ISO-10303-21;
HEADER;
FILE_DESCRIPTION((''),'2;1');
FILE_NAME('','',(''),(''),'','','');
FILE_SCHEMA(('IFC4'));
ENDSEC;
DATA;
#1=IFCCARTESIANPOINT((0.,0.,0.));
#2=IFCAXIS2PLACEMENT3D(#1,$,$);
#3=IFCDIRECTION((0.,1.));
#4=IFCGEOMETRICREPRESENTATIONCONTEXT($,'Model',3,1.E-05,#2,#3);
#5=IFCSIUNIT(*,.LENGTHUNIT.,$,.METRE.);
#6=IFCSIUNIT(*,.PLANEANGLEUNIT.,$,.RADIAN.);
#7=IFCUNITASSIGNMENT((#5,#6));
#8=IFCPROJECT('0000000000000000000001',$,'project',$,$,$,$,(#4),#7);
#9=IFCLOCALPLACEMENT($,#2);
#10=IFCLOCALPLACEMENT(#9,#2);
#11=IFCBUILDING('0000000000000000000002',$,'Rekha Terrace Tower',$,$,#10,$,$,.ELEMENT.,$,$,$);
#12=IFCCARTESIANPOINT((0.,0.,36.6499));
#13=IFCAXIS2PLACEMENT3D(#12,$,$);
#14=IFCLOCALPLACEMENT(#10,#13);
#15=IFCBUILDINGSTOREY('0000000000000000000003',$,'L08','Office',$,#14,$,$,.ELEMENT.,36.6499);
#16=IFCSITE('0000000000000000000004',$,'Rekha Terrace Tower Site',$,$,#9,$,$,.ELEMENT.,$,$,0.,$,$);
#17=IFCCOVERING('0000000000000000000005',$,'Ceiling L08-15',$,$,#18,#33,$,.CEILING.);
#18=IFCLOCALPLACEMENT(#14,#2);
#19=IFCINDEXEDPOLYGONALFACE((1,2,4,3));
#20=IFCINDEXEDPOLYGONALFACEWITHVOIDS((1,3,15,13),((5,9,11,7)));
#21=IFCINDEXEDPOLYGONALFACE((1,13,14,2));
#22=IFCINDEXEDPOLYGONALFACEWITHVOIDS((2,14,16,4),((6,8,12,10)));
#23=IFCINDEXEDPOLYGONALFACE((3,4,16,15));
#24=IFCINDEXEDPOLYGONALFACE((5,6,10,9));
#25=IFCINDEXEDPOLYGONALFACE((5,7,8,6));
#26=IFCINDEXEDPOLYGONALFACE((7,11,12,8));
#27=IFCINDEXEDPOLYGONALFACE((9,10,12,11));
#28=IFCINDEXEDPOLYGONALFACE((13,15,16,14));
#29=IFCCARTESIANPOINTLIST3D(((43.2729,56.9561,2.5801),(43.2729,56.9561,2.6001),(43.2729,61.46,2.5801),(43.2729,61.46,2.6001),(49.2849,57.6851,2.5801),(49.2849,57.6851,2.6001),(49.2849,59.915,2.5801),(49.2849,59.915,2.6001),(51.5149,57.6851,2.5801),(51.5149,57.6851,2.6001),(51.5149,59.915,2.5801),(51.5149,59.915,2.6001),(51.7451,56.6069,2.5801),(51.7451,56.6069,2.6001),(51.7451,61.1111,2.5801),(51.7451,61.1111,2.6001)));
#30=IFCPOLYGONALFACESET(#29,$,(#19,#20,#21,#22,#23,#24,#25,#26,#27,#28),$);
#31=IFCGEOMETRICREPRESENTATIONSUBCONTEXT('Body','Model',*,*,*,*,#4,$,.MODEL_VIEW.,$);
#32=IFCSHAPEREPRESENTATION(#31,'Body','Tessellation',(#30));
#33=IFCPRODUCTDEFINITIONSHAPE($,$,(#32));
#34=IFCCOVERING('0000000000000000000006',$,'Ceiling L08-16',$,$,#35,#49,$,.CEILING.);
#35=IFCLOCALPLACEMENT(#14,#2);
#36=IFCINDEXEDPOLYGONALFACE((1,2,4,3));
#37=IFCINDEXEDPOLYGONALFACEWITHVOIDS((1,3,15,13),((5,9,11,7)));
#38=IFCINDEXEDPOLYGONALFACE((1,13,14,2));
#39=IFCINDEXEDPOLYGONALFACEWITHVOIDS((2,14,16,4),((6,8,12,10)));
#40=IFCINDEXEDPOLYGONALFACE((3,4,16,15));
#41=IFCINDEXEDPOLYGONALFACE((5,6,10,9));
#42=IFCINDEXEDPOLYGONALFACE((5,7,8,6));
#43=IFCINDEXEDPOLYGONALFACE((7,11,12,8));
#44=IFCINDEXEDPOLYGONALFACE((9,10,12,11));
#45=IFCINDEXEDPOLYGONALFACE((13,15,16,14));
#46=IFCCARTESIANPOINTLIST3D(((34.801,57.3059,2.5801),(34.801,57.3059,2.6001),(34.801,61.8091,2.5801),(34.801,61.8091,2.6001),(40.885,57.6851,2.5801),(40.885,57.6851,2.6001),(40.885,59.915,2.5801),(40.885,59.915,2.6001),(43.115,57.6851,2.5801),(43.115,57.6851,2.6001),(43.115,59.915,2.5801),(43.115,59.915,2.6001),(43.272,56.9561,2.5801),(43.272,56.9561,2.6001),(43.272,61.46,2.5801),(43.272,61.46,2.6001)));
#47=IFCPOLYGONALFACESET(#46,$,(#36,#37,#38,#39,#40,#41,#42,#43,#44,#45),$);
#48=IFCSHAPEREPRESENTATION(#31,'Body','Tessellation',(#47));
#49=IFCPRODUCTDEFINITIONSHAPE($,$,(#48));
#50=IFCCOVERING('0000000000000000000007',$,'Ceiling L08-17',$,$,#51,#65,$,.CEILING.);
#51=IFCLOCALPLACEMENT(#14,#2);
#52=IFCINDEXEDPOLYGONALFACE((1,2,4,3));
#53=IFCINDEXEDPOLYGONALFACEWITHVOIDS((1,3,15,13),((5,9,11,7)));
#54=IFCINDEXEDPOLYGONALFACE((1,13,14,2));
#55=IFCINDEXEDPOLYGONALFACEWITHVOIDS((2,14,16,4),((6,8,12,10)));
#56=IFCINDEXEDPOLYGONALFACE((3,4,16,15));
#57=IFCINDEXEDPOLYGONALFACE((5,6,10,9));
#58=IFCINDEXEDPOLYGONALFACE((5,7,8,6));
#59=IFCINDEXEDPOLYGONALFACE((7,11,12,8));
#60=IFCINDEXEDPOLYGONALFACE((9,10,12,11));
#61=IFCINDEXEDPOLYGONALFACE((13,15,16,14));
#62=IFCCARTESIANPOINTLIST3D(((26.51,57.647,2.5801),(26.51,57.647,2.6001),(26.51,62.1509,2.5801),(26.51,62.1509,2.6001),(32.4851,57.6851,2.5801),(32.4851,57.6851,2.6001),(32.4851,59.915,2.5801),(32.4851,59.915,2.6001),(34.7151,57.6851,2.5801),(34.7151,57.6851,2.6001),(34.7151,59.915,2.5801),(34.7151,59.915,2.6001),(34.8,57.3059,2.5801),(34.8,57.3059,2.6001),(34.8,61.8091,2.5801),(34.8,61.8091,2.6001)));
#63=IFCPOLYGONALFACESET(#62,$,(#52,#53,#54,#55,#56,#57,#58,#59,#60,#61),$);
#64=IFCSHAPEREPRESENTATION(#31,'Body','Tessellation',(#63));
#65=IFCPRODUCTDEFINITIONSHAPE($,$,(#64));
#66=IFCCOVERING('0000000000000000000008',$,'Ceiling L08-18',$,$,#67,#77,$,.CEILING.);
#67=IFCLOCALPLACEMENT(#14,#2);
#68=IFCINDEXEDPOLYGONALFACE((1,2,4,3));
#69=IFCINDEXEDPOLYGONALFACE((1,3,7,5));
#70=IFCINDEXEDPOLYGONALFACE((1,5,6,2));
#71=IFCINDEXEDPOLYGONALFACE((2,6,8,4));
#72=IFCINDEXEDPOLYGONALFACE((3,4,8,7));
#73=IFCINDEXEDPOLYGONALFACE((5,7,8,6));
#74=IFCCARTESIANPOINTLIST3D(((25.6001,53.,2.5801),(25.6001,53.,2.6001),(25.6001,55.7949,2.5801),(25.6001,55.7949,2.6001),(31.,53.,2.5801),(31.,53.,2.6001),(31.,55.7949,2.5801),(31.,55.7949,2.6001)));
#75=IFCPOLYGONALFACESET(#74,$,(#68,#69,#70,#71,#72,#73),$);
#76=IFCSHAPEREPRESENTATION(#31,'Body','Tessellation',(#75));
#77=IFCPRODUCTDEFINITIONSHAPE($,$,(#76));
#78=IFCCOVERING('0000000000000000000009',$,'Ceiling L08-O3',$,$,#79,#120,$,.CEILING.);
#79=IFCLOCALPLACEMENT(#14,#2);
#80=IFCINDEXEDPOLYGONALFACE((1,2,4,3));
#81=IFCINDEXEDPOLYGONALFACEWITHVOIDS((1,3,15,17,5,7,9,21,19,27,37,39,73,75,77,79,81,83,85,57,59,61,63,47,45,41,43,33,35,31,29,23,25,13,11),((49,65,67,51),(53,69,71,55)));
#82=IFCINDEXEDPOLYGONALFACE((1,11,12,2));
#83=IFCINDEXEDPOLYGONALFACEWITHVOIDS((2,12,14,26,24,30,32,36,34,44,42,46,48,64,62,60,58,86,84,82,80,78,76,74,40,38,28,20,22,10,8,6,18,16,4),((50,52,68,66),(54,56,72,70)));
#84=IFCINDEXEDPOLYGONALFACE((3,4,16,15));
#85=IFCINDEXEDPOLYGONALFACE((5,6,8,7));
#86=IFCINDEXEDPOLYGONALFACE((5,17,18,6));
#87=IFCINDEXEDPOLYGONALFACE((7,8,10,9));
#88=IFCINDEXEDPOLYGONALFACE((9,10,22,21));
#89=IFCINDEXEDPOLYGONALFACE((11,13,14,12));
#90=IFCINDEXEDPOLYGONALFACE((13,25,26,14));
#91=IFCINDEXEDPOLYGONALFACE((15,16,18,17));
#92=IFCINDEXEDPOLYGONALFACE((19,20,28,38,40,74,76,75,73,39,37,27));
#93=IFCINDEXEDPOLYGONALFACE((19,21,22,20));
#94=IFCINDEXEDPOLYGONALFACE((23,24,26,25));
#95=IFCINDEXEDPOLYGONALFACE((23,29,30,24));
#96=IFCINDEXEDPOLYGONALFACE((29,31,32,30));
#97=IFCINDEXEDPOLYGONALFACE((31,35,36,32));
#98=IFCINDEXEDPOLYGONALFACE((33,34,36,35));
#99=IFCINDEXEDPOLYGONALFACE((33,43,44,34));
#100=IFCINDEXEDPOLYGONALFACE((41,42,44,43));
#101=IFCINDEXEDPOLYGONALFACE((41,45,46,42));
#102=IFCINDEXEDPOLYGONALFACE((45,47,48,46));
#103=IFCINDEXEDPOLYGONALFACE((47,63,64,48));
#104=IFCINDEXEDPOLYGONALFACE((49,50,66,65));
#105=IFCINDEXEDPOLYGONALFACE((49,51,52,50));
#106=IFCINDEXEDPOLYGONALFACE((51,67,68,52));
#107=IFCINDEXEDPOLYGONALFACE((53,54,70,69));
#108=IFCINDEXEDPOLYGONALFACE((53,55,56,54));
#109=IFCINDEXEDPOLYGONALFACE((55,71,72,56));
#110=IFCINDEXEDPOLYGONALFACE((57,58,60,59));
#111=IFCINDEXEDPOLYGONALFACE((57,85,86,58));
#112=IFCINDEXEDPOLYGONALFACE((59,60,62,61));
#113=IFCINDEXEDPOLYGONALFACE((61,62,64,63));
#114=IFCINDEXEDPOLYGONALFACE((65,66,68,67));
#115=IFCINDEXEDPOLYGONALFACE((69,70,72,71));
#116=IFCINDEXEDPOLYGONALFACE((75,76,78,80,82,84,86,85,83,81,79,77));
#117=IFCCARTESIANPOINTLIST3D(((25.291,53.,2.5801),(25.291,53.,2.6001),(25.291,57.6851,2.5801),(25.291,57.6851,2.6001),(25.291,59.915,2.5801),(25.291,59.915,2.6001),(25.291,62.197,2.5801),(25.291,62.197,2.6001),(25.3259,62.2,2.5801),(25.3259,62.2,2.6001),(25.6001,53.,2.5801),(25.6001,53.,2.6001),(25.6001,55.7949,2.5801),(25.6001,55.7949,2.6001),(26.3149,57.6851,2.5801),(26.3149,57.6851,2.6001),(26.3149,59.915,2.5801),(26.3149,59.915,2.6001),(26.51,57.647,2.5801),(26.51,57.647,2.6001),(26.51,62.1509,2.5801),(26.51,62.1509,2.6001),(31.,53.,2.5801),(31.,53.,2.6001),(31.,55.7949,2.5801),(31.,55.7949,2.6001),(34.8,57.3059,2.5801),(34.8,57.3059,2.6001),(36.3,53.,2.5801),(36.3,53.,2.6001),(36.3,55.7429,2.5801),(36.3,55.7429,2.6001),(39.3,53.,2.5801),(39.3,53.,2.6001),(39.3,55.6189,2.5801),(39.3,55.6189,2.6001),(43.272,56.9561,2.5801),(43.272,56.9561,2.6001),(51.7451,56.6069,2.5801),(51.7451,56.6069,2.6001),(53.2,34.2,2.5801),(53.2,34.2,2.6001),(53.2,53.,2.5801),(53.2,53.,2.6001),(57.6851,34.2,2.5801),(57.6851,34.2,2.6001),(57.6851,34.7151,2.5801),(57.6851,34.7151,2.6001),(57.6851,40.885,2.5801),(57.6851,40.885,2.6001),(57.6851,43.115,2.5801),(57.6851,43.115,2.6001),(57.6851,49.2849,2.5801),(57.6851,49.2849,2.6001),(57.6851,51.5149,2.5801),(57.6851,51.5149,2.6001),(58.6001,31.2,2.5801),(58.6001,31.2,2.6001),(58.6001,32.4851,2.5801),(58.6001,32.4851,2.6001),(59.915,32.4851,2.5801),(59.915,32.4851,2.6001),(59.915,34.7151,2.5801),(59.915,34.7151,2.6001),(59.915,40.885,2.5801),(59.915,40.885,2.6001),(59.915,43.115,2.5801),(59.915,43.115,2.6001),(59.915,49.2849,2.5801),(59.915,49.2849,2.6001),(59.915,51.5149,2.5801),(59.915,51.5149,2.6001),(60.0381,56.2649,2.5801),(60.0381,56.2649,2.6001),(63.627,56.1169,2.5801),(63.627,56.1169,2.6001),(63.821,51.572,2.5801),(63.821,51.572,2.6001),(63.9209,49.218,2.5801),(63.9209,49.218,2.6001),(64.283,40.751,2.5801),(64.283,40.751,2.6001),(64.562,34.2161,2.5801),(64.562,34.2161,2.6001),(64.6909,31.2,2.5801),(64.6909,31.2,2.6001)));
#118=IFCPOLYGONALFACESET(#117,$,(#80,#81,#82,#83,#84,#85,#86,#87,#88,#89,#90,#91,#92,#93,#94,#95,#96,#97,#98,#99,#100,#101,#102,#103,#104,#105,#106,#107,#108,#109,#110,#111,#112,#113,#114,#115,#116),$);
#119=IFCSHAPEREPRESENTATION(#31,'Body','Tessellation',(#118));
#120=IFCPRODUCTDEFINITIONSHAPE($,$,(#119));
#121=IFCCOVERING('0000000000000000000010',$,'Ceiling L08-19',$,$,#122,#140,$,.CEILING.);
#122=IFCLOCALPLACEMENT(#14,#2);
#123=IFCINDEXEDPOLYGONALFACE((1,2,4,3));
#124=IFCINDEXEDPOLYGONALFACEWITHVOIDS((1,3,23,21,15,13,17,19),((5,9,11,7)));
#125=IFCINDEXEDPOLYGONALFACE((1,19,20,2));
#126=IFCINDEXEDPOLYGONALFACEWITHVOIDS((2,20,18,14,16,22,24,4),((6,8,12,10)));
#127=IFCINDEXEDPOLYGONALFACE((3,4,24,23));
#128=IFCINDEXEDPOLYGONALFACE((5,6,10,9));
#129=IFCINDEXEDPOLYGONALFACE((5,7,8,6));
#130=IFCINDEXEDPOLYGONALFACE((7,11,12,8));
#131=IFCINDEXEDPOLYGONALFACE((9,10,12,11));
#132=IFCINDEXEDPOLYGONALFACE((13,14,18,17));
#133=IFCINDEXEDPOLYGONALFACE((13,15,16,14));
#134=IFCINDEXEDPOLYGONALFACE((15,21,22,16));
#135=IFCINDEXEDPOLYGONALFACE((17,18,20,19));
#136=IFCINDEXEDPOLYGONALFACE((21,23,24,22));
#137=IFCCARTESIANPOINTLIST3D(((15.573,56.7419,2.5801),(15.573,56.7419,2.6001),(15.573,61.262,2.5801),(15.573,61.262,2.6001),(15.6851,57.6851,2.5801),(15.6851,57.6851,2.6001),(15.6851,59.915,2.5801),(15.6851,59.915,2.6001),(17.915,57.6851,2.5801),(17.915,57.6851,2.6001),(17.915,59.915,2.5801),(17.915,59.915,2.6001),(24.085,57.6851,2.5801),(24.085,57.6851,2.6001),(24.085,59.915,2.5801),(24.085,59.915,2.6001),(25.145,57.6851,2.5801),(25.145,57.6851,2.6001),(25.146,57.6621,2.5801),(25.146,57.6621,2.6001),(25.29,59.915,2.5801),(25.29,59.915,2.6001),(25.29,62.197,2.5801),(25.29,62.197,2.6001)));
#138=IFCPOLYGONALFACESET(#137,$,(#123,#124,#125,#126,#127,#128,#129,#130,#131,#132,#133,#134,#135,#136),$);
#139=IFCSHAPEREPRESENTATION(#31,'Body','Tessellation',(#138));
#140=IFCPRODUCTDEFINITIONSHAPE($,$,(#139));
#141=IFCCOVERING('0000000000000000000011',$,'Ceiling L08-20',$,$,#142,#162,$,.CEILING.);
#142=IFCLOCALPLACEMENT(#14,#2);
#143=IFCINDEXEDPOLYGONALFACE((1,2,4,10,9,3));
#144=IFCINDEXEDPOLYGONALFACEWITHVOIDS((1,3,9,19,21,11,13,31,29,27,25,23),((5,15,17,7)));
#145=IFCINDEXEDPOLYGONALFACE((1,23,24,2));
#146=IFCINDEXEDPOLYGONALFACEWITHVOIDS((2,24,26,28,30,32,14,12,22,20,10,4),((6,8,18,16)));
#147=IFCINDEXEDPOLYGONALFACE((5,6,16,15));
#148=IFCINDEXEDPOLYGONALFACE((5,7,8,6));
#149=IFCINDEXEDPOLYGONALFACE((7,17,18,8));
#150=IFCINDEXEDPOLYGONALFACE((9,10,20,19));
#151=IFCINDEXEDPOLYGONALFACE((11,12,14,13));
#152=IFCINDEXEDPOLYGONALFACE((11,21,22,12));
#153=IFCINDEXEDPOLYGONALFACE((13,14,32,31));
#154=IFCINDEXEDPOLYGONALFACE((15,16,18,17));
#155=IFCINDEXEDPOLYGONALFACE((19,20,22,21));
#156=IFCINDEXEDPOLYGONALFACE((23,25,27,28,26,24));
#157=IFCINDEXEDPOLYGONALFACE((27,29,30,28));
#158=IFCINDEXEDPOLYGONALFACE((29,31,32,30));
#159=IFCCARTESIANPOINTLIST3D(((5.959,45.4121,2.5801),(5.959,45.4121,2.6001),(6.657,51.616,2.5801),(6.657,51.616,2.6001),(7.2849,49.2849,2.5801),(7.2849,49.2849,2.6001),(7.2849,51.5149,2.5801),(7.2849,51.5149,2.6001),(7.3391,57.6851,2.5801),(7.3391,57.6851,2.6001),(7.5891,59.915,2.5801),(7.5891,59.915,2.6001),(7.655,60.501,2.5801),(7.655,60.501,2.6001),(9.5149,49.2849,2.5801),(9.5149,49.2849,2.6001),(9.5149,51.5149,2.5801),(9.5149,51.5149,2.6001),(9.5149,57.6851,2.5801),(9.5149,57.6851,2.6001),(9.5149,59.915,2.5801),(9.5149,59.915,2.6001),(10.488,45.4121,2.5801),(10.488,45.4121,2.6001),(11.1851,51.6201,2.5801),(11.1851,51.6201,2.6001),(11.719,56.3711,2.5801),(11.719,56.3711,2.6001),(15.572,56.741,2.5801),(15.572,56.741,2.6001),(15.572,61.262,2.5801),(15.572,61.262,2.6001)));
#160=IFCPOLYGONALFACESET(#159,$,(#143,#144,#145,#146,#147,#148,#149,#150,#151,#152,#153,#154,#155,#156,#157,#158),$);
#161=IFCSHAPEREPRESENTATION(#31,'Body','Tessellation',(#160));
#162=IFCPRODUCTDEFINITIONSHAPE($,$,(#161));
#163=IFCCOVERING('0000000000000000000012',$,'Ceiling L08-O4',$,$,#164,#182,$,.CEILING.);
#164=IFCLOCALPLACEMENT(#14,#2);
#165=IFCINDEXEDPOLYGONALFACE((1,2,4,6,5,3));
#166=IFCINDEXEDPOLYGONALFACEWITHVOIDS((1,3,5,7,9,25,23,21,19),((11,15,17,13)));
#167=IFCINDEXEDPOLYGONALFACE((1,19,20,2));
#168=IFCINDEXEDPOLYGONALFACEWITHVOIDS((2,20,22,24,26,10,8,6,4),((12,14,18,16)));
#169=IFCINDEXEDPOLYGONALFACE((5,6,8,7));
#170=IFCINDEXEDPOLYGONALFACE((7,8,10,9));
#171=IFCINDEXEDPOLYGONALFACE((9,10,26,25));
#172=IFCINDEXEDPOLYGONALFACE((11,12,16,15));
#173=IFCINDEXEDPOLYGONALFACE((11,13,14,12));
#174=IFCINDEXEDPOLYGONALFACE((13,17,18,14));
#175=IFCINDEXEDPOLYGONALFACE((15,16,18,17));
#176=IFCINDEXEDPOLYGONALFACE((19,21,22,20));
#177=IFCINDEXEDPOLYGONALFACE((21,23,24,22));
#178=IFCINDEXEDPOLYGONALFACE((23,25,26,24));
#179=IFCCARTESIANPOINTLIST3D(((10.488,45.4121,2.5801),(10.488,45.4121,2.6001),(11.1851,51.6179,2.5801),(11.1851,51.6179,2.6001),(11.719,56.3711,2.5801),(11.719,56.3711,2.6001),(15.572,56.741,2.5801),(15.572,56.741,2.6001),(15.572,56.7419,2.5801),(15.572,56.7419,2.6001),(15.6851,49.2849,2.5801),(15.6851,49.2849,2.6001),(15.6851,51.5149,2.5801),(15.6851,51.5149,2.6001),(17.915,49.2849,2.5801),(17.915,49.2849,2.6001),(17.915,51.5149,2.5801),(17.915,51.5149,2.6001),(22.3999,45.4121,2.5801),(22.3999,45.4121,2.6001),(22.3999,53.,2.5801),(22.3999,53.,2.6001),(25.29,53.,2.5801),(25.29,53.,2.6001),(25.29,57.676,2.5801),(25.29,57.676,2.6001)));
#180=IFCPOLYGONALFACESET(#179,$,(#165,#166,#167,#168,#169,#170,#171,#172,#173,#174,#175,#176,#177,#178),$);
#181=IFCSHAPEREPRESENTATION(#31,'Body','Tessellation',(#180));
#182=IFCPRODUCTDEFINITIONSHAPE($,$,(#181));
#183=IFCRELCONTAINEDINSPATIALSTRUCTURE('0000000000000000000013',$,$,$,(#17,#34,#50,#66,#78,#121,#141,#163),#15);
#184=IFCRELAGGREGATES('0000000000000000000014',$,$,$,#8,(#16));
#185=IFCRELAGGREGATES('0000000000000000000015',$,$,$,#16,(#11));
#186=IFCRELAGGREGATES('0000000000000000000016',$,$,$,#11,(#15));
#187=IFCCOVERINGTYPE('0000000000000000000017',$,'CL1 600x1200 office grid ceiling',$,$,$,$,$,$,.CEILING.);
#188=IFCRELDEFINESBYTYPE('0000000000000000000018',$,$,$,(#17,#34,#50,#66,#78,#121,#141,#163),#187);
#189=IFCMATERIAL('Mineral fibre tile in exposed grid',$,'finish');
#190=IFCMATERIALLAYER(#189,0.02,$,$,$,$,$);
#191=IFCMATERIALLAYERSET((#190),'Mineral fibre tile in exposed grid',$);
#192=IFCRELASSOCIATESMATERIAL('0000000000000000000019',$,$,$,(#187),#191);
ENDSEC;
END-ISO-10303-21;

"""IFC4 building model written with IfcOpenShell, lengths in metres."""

from ifc_helpers import new_model, si_unit, direction, frame, origin, place, context, subcontext, project, spatial, polyline, outline, extrude, material, layer, layer_set, type_object, element, save


model = new_model("IFC4")

# Units and contexts
model_context = context("Model", 3, precision=1e-05, world=origin(), true_north=direction((0.0, 1.0)))
body_context = subcontext(model_context, "Body", "Model", "MODEL_VIEW")
ifc_project = project(units=[si_unit("LENGTHUNIT", "METRE"), si_unit("PLANEANGLEUNIT", "RADIAN")], contexts=[model_context])

# Site, building, storey
site_placement = place(None, origin())
site = spatial("IfcSite", under=ifc_project, at=site_placement, Name="Rekha Terrace Tower Site", CompositionType="ELEMENT", RefElevation=0.0)
building_placement = place(site_placement, origin())
building = spatial("IfcBuilding", under=site, at=building_placement, Name="Rekha Terrace Tower", CompositionType="ELEMENT")
storey_placement = place(building_placement, frame((0.0, 0.0, 36.6499)))
storey = spatial("IfcBuildingStorey", under=building, at=storey_placement, Name="L08", Description="Office", CompositionType="ELEMENT", Elevation=36.6499)

# Coverings
ifc_material_1 = material(Name="Mineral fibre tile in exposed grid", Category="finish")
ifc_layer_1 = layer(ifc_material_1, 0.02)
ifc_layer_set_1 = layer_set([ifc_layer_1], Name="Mineral fibre tile in exposed grid")
covering_type_1 = type_object("IfcCoveringType", Name="CL1 600x1200 office grid ceiling", PredefinedType="CEILING", material=ifc_layer_set_1)
covering_1_placement = place(storey_placement, frame((0.0, 0.0, 2.5801)))
element("IfcCovering", 1, at=covering_1_placement, inside=storey, type_object=covering_type_1, Name="Ceiling L08-15", PredefinedType="CEILING", context=body_context, shape_type="SweptSolid", body=[
    extrude(outline(polyline([(51.7451, 56.6069), (51.7451, 61.1111), (43.2729, 61.46), (43.2729, 56.9561), (51.7451, 56.6069)]), holes=[polyline([(51.5149, 57.6851), (49.2849, 57.6851), (49.2849, 59.915), (51.5149, 59.915), (51.5149, 57.6851)])]), origin(), (0.0, 0.0, 1.0), 0.02),
])
covering_2_placement = place(storey_placement, frame((0.0, 0.0, 2.5801)))
element("IfcCovering", 2, at=covering_2_placement, inside=storey, type_object=covering_type_1, Name="Ceiling L08-16", PredefinedType="CEILING", context=body_context, shape_type="SweptSolid", body=[
    extrude(outline(polyline([(43.272, 56.9561), (43.272, 61.46), (34.801, 61.8091), (34.801, 57.3059), (43.272, 56.9561)]), holes=[polyline([(43.115, 57.6851), (40.885, 57.6851), (40.885, 59.915), (43.115, 59.915), (43.115, 57.6851)])]), origin(), (0.0, 0.0, 1.0), 0.02),
])
covering_3_placement = place(storey_placement, frame((0.0, 0.0, 2.5801)))
element("IfcCovering", 3, at=covering_3_placement, inside=storey, type_object=covering_type_1, Name="Ceiling L08-17", PredefinedType="CEILING", context=body_context, shape_type="SweptSolid", body=[
    extrude(outline(polyline([(34.8, 57.3059), (34.8, 61.8091), (26.51, 62.1509), (26.51, 57.647), (34.8, 57.3059)]), holes=[polyline([(34.7151, 57.6851), (32.4851, 57.6851), (32.4851, 59.915), (34.7151, 59.915), (34.7151, 57.6851)])]), origin(), (0.0, 0.0, 1.0), 0.02),
])
covering_4_placement = place(storey_placement, frame((0.0, 0.0, 2.5801)))
element("IfcCovering", 4, at=covering_4_placement, inside=storey, type_object=covering_type_1, Name="Ceiling L08-18", PredefinedType="CEILING", context=body_context, shape_type="SweptSolid", body=[
    extrude(outline(polyline([(31.0, 53.0), (31.0, 55.7949), (25.6001, 55.7949), (25.6001, 53.0), (31.0, 53.0)])), origin(), (0.0, 0.0, 1.0), 0.02),
])
covering_5_placement = place(storey_placement, frame((0.0, 0.0, 2.5801)))
element("IfcCovering", 5, at=covering_5_placement, inside=storey, type_object=covering_type_1, Name="Ceiling L08-O3", PredefinedType="CEILING", context=body_context, shape_type="SweptSolid", body=[
    extrude(outline(polyline([(43.272, 56.9561), (34.8, 57.3059), (26.51, 57.647), (26.51, 62.1509), (25.3259, 62.2), (25.291, 62.197), (25.291, 59.915), (26.3149, 59.915), (26.3149, 57.6851), (25.291, 57.6851), (25.291, 53.0), (25.6001, 53.0), (25.6001, 55.7949), (31.0, 55.7949), (31.0, 53.0), (36.3, 53.0), (36.3, 55.7429), (39.3, 55.6189), (39.3, 53.0), (53.2, 53.0), (53.2, 34.2), (57.6851, 34.2), (57.6851, 34.7151), (59.915, 34.7151), (59.915, 32.4851), (58.6001, 32.4851), (58.6001, 31.2), (64.6909, 31.2), (64.562, 34.2161), (64.283, 40.751), (63.9209, 49.218), (63.821, 51.572), (63.627, 56.1169), (60.0381, 56.2649), (51.7451, 56.6069), (43.272, 56.9561)]), holes=[polyline([(59.915, 40.885), (57.6851, 40.885), (57.6851, 43.115), (59.915, 43.115), (59.915, 40.885)]), polyline([(59.915, 49.2849), (57.6851, 49.2849), (57.6851, 51.5149), (59.915, 51.5149), (59.915, 49.2849)])]), origin(), (0.0, 0.0, 1.0), 0.02),
])
covering_6_placement = place(storey_placement, frame((0.0, 0.0, 2.5801)))
element("IfcCovering", 6, at=covering_6_placement, inside=storey, type_object=covering_type_1, Name="Ceiling L08-19", PredefinedType="CEILING", context=body_context, shape_type="SweptSolid", body=[
    extrude(outline(polyline([(25.146, 57.6621), (25.145, 57.6851), (24.085, 57.6851), (24.085, 59.915), (25.29, 59.915), (25.29, 62.197), (15.573, 61.262), (15.573, 56.7419), (25.146, 57.6621)]), holes=[polyline([(17.915, 57.6851), (15.6851, 57.6851), (15.6851, 59.915), (17.915, 59.915), (17.915, 57.6851)])]), origin(), (0.0, 0.0, 1.0), 0.02),
])
covering_7_placement = place(storey_placement, frame((0.0, 0.0, 2.5801)))
element("IfcCovering", 7, at=covering_7_placement, inside=storey, type_object=covering_type_1, Name="Ceiling L08-20", PredefinedType="CEILING", context=body_context, shape_type="SweptSolid", body=[
    extrude(outline(polyline([(9.5149, 57.6851), (7.3391, 57.6851), (6.657, 51.616), (5.959, 45.4121), (10.488, 45.4121), (11.1851, 51.6201), (11.719, 56.3711), (15.572, 56.741), (15.572, 61.262), (7.655, 60.501), (7.5891, 59.915), (9.5149, 59.915), (9.5149, 57.6851)]), holes=[polyline([(9.5149, 51.5149), (9.5149, 49.2849), (7.2849, 49.2849), (7.2849, 51.5149), (9.5149, 51.5149)])]), origin(), (0.0, 0.0, 1.0), 0.02),
])
covering_8_placement = place(storey_placement, frame((0.0, 0.0, 2.5801)))
element("IfcCovering", 8, at=covering_8_placement, inside=storey, type_object=covering_type_1, Name="Ceiling L08-O4", PredefinedType="CEILING", context=body_context, shape_type="SweptSolid", body=[
    extrude(outline(polyline([(11.719, 56.3711), (11.1851, 51.6179), (10.488, 45.4121), (22.3999, 45.4121), (22.3999, 53.0), (25.29, 53.0), (25.29, 57.676), (15.572, 56.7419), (15.572, 56.741), (11.719, 56.3711)]), holes=[polyline([(17.915, 49.2849), (15.6851, 49.2849), (15.6851, 51.5149), (17.915, 51.5149), (17.915, 49.2849)])]), origin(), (0.0, 0.0, 1.0), 0.02),
])

save(model, "model.ifc")
